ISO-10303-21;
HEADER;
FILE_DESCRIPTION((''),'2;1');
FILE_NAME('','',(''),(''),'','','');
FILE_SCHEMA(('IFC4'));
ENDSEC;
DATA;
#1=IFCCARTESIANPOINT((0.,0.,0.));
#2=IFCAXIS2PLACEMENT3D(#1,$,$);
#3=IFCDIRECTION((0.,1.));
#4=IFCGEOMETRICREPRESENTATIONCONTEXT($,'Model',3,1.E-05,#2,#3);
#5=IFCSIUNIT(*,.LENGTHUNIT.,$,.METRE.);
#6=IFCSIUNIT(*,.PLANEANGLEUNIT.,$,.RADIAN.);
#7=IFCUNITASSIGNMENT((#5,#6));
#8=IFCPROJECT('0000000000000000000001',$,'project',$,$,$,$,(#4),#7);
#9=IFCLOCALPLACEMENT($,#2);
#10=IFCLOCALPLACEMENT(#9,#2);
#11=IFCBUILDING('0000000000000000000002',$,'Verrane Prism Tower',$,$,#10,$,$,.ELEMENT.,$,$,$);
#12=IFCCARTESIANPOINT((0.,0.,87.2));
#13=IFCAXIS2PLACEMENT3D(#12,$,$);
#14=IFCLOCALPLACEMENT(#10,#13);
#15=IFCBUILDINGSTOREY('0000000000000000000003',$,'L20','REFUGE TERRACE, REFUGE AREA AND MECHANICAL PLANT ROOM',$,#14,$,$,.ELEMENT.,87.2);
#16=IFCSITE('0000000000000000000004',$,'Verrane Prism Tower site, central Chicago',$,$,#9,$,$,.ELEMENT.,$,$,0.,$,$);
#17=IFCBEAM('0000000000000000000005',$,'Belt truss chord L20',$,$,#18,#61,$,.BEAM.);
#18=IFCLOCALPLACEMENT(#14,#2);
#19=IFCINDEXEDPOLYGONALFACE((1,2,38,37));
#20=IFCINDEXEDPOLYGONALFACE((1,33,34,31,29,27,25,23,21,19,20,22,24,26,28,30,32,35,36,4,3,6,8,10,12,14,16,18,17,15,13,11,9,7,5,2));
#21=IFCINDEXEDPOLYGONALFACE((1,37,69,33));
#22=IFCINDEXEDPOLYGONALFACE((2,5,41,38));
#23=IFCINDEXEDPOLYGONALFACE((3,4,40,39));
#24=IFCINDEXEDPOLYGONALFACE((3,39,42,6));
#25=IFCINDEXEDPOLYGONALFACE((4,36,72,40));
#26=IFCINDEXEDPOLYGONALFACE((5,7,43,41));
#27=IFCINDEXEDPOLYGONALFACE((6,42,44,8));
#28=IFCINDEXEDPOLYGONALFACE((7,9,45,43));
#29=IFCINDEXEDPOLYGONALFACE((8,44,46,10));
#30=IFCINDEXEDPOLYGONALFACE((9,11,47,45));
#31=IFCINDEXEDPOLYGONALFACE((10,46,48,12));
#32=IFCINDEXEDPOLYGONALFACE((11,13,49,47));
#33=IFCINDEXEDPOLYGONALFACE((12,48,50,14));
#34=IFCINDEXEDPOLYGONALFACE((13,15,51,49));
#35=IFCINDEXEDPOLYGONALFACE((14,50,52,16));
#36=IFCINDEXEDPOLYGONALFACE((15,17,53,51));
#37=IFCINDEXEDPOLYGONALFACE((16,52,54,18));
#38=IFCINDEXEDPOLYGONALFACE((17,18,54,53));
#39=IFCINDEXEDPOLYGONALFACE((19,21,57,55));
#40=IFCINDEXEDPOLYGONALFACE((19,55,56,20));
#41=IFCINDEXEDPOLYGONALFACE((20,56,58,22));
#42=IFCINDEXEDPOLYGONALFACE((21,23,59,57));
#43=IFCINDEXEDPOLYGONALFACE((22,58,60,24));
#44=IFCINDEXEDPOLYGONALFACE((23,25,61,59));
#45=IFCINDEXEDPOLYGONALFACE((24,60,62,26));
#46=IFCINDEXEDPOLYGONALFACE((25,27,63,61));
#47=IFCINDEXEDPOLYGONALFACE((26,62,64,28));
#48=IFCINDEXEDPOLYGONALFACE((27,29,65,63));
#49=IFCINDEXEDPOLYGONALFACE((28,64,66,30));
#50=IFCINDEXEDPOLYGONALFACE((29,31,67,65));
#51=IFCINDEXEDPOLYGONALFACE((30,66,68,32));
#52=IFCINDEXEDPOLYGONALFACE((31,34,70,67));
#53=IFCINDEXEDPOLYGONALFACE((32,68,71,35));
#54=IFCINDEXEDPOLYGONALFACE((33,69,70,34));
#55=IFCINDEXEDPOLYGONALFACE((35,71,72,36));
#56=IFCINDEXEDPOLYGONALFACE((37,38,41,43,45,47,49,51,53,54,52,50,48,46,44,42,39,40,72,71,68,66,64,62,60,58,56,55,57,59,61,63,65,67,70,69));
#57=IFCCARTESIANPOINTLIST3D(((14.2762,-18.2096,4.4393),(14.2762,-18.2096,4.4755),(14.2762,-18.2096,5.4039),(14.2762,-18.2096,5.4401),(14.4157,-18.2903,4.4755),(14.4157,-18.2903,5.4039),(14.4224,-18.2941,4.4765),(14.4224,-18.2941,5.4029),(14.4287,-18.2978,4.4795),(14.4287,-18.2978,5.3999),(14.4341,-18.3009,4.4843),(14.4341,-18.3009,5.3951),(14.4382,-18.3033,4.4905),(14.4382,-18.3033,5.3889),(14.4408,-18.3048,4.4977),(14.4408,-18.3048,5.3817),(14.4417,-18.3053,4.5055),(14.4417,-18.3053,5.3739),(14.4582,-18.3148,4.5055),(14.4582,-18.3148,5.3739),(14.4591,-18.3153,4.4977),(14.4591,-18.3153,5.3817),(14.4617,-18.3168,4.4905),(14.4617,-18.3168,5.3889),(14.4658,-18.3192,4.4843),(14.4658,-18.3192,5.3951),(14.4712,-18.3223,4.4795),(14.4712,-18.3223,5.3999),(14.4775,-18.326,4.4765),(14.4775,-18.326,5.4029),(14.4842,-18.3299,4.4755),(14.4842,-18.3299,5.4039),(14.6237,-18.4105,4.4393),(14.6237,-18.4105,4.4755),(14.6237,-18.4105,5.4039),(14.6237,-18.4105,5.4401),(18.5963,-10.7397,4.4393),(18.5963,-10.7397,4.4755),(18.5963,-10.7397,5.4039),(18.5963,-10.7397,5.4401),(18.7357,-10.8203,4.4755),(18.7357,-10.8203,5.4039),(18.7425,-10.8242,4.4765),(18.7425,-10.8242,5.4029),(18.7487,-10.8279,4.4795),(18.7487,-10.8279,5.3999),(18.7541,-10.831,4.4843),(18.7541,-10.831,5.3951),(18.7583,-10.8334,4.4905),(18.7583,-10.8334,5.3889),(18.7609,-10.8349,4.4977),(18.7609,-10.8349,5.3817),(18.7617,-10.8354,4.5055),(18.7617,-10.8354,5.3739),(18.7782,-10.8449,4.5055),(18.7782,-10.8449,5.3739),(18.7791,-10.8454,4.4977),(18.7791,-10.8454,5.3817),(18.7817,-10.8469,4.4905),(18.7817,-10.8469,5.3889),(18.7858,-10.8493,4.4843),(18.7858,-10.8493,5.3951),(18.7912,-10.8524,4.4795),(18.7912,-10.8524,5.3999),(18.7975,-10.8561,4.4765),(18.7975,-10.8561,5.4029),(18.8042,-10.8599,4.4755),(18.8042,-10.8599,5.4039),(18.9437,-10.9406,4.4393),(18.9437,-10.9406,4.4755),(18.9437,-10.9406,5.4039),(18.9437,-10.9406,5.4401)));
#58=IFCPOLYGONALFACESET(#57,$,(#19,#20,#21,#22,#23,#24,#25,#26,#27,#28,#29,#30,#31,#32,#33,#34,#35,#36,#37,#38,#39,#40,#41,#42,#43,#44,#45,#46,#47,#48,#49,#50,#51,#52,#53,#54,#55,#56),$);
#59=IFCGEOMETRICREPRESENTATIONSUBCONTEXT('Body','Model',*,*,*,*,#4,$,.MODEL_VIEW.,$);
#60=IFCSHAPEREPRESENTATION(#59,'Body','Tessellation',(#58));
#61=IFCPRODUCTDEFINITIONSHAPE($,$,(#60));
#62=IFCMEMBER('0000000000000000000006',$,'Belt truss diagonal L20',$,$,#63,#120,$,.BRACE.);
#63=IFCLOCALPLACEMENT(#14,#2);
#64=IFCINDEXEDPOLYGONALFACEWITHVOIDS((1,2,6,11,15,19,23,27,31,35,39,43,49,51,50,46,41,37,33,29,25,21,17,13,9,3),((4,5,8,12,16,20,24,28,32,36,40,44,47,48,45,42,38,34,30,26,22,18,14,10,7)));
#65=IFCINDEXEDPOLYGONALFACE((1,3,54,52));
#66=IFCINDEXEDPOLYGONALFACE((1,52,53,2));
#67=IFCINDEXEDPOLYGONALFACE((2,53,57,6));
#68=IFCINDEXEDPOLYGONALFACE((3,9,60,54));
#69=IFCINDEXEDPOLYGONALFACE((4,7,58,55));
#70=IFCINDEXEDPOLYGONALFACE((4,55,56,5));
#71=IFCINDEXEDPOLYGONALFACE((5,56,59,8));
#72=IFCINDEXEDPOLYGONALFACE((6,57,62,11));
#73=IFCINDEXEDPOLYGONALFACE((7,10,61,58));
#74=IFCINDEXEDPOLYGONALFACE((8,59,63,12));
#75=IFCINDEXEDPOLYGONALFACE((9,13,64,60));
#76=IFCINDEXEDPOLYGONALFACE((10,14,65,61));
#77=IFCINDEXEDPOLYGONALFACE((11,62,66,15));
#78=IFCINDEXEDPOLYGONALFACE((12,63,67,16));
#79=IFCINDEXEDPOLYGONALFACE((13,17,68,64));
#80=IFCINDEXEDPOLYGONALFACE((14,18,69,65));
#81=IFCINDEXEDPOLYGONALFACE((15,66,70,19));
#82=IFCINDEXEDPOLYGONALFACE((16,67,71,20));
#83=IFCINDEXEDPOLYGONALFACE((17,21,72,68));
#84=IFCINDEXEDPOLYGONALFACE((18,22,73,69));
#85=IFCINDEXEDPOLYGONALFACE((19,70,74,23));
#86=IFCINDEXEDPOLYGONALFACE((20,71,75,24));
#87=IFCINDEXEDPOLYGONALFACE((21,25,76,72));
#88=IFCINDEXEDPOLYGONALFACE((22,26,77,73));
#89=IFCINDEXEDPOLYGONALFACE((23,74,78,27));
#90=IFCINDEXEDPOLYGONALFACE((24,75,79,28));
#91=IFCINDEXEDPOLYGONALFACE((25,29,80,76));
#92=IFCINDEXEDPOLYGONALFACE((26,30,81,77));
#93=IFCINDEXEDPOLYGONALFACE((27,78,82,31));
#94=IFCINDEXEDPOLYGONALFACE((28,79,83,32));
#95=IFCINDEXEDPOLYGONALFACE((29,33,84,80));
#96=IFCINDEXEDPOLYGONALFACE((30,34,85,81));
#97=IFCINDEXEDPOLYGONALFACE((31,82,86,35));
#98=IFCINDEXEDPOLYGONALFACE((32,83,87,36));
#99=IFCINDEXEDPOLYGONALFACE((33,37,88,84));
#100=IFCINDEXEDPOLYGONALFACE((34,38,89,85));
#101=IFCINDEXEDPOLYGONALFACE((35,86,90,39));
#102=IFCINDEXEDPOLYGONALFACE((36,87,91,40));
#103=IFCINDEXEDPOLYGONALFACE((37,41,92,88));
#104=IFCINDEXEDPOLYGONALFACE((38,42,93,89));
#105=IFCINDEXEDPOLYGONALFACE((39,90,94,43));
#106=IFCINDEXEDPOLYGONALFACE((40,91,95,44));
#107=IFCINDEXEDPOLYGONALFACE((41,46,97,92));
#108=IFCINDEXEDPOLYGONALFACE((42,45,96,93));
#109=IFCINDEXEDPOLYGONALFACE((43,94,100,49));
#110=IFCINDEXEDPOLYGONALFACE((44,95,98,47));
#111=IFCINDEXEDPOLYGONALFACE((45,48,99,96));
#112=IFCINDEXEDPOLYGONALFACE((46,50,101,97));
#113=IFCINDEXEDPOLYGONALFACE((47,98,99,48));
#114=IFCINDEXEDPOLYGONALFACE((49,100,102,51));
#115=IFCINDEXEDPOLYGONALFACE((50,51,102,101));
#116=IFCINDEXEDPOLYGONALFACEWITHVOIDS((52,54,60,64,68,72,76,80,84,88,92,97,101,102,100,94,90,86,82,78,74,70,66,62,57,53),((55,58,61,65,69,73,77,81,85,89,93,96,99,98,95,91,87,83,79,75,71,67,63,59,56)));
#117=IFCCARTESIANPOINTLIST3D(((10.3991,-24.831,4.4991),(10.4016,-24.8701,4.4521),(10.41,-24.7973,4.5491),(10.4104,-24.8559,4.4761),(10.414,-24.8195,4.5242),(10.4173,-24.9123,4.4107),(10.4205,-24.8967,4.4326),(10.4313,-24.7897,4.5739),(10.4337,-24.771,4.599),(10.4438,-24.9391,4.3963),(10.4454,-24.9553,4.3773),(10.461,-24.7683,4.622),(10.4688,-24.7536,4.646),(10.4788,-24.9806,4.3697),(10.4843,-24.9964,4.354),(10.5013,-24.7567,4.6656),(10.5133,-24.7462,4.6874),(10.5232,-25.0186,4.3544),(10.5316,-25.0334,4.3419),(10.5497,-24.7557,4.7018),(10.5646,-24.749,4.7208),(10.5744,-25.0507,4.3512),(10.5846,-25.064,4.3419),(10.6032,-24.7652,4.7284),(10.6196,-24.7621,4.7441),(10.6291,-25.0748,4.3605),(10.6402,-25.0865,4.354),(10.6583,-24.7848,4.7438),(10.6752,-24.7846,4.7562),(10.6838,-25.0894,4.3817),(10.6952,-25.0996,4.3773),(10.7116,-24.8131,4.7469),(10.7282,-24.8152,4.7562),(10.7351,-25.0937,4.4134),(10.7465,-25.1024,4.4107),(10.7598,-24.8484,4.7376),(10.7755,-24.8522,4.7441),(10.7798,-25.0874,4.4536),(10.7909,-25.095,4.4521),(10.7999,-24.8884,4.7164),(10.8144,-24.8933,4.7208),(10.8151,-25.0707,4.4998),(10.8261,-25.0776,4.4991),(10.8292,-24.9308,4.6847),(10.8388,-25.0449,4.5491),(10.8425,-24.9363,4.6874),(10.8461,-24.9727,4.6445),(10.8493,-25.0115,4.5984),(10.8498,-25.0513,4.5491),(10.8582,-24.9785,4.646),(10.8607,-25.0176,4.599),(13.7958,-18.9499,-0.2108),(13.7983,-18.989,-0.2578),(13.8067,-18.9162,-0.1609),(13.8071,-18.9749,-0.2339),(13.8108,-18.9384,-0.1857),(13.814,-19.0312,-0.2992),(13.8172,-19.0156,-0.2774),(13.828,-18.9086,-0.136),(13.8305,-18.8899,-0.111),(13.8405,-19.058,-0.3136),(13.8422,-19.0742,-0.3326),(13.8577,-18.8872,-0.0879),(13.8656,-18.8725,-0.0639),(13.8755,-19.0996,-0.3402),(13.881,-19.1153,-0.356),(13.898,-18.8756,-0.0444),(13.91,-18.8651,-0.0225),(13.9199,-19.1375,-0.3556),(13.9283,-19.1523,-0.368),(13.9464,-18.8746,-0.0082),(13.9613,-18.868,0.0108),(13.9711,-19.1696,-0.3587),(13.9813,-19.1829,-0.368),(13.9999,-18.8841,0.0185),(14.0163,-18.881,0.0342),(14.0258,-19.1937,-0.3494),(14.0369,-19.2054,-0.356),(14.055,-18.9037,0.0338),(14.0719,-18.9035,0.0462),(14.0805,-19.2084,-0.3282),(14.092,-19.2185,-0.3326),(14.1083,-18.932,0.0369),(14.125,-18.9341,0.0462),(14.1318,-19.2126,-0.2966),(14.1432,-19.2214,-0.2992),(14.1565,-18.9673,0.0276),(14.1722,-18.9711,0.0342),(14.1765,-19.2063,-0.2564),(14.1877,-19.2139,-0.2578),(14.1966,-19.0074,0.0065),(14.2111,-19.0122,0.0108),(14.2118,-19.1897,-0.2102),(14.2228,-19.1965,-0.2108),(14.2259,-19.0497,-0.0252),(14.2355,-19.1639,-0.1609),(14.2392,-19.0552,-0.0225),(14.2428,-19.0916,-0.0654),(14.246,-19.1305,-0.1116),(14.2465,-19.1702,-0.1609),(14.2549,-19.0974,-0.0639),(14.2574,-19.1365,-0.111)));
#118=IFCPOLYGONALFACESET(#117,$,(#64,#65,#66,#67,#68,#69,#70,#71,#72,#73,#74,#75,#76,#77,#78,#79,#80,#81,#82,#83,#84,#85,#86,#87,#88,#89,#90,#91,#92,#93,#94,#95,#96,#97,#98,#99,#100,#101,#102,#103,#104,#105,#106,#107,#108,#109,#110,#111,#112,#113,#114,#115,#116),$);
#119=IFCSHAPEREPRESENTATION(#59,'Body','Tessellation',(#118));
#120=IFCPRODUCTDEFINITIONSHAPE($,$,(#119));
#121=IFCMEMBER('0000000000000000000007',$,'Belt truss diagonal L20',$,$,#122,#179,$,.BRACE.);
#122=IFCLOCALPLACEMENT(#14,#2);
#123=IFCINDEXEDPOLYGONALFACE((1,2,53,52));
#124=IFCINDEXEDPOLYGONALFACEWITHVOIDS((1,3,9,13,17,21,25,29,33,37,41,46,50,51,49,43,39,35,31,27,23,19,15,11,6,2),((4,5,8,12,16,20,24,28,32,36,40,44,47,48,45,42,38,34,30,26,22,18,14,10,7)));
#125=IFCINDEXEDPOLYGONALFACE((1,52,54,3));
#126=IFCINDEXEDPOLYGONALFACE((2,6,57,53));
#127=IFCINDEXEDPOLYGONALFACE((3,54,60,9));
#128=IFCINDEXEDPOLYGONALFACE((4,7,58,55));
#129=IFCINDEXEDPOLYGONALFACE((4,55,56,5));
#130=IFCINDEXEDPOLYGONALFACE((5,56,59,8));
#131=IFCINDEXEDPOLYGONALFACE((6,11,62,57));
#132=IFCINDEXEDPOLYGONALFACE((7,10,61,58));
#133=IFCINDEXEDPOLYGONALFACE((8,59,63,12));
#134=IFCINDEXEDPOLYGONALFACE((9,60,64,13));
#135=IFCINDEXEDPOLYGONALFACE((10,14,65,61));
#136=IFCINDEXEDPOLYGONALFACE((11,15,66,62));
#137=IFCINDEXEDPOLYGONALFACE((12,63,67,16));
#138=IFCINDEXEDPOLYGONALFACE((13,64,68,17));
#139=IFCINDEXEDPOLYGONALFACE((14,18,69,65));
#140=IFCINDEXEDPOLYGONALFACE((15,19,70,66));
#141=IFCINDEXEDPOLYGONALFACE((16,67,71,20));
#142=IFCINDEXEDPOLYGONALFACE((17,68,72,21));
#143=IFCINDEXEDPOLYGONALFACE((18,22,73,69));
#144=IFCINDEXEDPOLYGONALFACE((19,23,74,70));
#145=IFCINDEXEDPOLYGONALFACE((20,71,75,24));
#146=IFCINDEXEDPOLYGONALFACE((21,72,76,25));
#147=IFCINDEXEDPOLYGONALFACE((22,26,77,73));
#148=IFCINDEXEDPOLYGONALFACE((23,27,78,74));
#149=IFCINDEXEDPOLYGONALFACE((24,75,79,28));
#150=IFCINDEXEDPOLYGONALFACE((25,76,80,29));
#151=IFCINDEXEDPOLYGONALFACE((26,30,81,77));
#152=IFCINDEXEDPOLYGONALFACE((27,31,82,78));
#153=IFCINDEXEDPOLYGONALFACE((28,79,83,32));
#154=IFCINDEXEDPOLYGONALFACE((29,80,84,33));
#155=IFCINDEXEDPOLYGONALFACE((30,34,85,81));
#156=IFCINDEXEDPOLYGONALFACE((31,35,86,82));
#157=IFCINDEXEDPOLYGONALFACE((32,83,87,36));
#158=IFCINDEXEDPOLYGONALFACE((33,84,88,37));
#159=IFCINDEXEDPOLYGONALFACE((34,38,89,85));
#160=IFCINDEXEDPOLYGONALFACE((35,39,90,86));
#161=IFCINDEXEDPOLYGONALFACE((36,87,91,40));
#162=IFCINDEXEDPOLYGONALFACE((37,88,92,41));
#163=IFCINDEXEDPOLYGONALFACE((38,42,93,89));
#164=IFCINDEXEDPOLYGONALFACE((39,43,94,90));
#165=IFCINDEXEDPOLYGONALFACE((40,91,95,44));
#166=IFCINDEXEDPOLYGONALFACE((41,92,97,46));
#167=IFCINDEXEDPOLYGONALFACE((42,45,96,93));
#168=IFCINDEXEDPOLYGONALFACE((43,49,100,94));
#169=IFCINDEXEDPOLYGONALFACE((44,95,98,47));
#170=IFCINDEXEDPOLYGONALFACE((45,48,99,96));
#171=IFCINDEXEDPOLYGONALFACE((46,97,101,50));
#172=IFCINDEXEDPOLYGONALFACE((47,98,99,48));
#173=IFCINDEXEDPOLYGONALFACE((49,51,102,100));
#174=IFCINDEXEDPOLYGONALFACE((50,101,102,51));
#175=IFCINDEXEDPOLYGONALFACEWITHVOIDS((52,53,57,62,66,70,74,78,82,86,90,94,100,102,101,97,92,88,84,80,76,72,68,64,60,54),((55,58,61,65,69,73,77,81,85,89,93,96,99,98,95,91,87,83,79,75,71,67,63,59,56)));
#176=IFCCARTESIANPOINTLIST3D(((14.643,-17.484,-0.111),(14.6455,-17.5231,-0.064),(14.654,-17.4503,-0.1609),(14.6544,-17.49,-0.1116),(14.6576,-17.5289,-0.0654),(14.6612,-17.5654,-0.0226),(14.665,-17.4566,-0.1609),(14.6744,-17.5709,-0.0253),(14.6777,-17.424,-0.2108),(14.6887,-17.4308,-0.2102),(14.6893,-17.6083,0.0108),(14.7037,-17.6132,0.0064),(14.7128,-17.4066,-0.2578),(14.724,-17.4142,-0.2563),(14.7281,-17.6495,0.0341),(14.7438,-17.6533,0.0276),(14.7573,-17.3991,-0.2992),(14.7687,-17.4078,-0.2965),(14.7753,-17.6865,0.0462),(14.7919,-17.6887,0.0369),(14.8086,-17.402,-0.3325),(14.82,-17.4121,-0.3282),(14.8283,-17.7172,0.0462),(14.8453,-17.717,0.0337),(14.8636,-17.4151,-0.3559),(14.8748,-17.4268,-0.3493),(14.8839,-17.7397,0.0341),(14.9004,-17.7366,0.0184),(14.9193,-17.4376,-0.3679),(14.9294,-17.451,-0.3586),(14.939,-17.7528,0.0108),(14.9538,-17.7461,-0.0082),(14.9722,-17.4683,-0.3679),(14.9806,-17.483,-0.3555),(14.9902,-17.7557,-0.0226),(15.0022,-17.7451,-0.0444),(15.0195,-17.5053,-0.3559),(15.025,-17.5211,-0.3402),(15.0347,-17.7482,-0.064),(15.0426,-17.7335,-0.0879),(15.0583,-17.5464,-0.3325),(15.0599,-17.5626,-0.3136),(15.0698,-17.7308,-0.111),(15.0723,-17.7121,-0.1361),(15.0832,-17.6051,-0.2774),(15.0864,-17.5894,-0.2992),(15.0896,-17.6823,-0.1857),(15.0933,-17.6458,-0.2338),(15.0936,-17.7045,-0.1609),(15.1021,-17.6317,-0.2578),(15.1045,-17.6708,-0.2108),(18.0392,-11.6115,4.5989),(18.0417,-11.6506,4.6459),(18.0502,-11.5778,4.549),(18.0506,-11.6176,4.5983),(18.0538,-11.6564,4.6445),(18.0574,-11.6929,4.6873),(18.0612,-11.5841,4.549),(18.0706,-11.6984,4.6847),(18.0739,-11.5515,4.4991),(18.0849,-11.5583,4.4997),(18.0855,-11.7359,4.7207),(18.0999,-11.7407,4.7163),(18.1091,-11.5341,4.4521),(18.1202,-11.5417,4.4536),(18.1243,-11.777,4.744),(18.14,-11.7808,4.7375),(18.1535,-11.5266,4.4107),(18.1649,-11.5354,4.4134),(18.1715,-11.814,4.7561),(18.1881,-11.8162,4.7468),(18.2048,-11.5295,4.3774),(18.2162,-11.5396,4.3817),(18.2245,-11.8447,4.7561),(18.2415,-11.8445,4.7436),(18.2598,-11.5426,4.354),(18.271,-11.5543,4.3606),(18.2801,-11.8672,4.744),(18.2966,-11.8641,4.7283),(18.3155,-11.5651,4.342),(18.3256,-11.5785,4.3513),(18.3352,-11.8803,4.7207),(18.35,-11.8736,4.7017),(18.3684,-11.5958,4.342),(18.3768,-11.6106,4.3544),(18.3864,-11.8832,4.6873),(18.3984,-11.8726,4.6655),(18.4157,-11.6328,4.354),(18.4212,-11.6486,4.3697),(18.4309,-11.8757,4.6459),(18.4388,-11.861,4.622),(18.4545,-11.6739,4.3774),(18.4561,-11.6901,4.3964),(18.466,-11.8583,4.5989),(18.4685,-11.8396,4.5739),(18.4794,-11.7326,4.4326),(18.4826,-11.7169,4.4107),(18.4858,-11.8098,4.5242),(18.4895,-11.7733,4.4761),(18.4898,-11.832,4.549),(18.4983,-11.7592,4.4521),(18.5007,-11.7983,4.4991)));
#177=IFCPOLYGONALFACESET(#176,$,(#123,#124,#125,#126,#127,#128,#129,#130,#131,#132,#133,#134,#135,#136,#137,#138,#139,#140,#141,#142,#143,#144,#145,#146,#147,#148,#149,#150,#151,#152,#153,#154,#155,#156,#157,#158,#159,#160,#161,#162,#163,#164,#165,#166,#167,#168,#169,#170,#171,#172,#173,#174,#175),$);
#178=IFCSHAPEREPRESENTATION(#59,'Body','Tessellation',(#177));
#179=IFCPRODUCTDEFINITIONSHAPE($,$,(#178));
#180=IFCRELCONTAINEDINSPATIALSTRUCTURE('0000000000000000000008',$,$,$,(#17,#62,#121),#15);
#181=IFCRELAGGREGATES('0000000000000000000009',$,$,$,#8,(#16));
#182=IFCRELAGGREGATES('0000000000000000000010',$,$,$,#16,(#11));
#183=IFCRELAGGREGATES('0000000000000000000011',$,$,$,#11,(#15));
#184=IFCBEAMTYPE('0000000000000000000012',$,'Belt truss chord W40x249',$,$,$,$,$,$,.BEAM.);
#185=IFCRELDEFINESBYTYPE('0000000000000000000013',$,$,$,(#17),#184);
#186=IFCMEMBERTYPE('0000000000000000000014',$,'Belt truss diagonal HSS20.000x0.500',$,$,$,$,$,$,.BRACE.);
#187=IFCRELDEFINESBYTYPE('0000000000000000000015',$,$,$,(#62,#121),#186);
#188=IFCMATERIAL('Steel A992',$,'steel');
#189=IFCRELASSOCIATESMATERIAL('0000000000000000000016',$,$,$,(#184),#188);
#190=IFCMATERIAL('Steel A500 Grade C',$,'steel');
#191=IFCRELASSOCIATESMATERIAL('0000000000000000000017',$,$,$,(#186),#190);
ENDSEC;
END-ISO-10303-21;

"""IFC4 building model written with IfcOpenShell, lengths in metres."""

from ifc_helpers import new_model, si_unit, direction, frame, origin, origin_2d, place, context, subcontext, project, spatial, hollow_circle, i_section, extrude, material, material_profile, profile_set, type_object, element, save


model = new_model("IFC4")

# Units and contexts
model_context = context("Model", 3, precision=1e-05, world=origin(), true_north=direction((0.0, 1.0)))
body_context = subcontext(model_context, "Body", "Model", "MODEL_VIEW")
ifc_project = project(units=[si_unit("LENGTHUNIT", "METRE"), si_unit("PLANEANGLEUNIT", "RADIAN")], contexts=[model_context])

# Site, building, storey
site_placement = place(None, origin())
site = spatial("IfcSite", under=ifc_project, at=site_placement, Name="Verrane Prism Tower site, central Chicago", CompositionType="ELEMENT", RefElevation=0.0)
building_placement = place(site_placement, origin())
building = spatial("IfcBuilding", under=site, at=building_placement, Name="Verrane Prism Tower", CompositionType="ELEMENT")
storey_placement = place(building_placement, frame((0.0, 0.0, 87.2)))
storey = spatial("IfcBuildingStorey", under=building, at=storey_placement, Name="L20", Description="REFUGE TERRACE, REFUGE AREA AND MECHANICAL PLANT ROOM", CompositionType="ELEMENT", Elevation=87.2)

# Beam
ifc_material_1 = material(Name="Steel A992", Category="steel")
ifc_material_profile_1 = material_profile(ifc_material_1, i_section(OverallWidth=0.4014, OverallDepth=1.0007, WebThickness=0.019, FlangeThickness=0.0361, FilletRadius=0.03, at=origin_2d()), Name="W40x249")
ifc_profile_set_1 = profile_set([ifc_material_profile_1], Name="Steel A992")
beam_type_1 = type_object("IfcBeamType", Name="Belt truss chord W40x249", PredefinedType="BEAM", material=ifc_profile_set_1)
beam_1_placement = place(storey_placement, frame((14.45, -18.3101, 4.9397), z_axis=(0.500632, 0.86566, 0.0), x_axis=(-0.86566, 0.500632, 0.0)))
element("IfcBeam", 1, at=beam_1_placement, inside=storey, type_object=beam_type_1, Name="Belt truss chord L20", PredefinedType="BEAM", context=body_context, shape_type="SweptSolid", body=[
    extrude(i_section(OverallWidth=0.4014, OverallDepth=1.0007, WebThickness=0.019, FlangeThickness=0.0361, FilletRadius=0.03, at=origin_2d()), origin(), (0.0, 0.0, 1.0), 8.6292),
])

# Members
ifc_material_2 = material(Name="Steel A500 Grade C", Category="steel")
ifc_material_profile_2 = material_profile(ifc_material_2, hollow_circle(Radius=0.2539, WallThickness=0.0127, at=origin_2d()), Name="HSS20.000x0.500")
ifc_profile_set_2 = profile_set([ifc_material_profile_2], Name="Steel A500 Grade C")
member_type_1 = type_object("IfcMemberType", Name="Belt truss diagonal HSS20.000x0.500", PredefinedType="BRACE", material=ifc_profile_set_2)
member_1_placement = place(storey_placement, frame((14.0266, -19.0432, -0.1609), z_axis=(-0.410981, -0.711574, 0.569874), x_axis=(0.865944, -0.50014, 0.0)))
element("IfcMember", 2, at=member_1_placement, inside=storey, type_object=member_type_1, Name="Belt truss diagonal L20", PredefinedType="BRACE", context=body_context, shape_type="SweptSolid", body=[
    extrude(hollow_circle(Radius=0.2539, WallThickness=0.0127, at=origin_2d()), origin(), (0.0, 0.0, 1.0), 8.2649),
])
member_2_placement = place(storey_placement, frame((14.8738, -17.5774, -0.1609), z_axis=(0.411235, 0.711081, 0.570307), x_axis=(-0.86566, 0.500632, 0.0)))
element("IfcMember", 3, at=member_2_placement, inside=storey, type_object=member_type_1, Name="Belt truss diagonal L20", PredefinedType="BRACE", context=body_context, shape_type="SweptSolid", body=[
    extrude(hollow_circle(Radius=0.2539, WallThickness=0.0127, at=origin_2d()), origin(), (0.0, 0.0, 1.0), 8.2585),
])

save(model, "model.ifc")
